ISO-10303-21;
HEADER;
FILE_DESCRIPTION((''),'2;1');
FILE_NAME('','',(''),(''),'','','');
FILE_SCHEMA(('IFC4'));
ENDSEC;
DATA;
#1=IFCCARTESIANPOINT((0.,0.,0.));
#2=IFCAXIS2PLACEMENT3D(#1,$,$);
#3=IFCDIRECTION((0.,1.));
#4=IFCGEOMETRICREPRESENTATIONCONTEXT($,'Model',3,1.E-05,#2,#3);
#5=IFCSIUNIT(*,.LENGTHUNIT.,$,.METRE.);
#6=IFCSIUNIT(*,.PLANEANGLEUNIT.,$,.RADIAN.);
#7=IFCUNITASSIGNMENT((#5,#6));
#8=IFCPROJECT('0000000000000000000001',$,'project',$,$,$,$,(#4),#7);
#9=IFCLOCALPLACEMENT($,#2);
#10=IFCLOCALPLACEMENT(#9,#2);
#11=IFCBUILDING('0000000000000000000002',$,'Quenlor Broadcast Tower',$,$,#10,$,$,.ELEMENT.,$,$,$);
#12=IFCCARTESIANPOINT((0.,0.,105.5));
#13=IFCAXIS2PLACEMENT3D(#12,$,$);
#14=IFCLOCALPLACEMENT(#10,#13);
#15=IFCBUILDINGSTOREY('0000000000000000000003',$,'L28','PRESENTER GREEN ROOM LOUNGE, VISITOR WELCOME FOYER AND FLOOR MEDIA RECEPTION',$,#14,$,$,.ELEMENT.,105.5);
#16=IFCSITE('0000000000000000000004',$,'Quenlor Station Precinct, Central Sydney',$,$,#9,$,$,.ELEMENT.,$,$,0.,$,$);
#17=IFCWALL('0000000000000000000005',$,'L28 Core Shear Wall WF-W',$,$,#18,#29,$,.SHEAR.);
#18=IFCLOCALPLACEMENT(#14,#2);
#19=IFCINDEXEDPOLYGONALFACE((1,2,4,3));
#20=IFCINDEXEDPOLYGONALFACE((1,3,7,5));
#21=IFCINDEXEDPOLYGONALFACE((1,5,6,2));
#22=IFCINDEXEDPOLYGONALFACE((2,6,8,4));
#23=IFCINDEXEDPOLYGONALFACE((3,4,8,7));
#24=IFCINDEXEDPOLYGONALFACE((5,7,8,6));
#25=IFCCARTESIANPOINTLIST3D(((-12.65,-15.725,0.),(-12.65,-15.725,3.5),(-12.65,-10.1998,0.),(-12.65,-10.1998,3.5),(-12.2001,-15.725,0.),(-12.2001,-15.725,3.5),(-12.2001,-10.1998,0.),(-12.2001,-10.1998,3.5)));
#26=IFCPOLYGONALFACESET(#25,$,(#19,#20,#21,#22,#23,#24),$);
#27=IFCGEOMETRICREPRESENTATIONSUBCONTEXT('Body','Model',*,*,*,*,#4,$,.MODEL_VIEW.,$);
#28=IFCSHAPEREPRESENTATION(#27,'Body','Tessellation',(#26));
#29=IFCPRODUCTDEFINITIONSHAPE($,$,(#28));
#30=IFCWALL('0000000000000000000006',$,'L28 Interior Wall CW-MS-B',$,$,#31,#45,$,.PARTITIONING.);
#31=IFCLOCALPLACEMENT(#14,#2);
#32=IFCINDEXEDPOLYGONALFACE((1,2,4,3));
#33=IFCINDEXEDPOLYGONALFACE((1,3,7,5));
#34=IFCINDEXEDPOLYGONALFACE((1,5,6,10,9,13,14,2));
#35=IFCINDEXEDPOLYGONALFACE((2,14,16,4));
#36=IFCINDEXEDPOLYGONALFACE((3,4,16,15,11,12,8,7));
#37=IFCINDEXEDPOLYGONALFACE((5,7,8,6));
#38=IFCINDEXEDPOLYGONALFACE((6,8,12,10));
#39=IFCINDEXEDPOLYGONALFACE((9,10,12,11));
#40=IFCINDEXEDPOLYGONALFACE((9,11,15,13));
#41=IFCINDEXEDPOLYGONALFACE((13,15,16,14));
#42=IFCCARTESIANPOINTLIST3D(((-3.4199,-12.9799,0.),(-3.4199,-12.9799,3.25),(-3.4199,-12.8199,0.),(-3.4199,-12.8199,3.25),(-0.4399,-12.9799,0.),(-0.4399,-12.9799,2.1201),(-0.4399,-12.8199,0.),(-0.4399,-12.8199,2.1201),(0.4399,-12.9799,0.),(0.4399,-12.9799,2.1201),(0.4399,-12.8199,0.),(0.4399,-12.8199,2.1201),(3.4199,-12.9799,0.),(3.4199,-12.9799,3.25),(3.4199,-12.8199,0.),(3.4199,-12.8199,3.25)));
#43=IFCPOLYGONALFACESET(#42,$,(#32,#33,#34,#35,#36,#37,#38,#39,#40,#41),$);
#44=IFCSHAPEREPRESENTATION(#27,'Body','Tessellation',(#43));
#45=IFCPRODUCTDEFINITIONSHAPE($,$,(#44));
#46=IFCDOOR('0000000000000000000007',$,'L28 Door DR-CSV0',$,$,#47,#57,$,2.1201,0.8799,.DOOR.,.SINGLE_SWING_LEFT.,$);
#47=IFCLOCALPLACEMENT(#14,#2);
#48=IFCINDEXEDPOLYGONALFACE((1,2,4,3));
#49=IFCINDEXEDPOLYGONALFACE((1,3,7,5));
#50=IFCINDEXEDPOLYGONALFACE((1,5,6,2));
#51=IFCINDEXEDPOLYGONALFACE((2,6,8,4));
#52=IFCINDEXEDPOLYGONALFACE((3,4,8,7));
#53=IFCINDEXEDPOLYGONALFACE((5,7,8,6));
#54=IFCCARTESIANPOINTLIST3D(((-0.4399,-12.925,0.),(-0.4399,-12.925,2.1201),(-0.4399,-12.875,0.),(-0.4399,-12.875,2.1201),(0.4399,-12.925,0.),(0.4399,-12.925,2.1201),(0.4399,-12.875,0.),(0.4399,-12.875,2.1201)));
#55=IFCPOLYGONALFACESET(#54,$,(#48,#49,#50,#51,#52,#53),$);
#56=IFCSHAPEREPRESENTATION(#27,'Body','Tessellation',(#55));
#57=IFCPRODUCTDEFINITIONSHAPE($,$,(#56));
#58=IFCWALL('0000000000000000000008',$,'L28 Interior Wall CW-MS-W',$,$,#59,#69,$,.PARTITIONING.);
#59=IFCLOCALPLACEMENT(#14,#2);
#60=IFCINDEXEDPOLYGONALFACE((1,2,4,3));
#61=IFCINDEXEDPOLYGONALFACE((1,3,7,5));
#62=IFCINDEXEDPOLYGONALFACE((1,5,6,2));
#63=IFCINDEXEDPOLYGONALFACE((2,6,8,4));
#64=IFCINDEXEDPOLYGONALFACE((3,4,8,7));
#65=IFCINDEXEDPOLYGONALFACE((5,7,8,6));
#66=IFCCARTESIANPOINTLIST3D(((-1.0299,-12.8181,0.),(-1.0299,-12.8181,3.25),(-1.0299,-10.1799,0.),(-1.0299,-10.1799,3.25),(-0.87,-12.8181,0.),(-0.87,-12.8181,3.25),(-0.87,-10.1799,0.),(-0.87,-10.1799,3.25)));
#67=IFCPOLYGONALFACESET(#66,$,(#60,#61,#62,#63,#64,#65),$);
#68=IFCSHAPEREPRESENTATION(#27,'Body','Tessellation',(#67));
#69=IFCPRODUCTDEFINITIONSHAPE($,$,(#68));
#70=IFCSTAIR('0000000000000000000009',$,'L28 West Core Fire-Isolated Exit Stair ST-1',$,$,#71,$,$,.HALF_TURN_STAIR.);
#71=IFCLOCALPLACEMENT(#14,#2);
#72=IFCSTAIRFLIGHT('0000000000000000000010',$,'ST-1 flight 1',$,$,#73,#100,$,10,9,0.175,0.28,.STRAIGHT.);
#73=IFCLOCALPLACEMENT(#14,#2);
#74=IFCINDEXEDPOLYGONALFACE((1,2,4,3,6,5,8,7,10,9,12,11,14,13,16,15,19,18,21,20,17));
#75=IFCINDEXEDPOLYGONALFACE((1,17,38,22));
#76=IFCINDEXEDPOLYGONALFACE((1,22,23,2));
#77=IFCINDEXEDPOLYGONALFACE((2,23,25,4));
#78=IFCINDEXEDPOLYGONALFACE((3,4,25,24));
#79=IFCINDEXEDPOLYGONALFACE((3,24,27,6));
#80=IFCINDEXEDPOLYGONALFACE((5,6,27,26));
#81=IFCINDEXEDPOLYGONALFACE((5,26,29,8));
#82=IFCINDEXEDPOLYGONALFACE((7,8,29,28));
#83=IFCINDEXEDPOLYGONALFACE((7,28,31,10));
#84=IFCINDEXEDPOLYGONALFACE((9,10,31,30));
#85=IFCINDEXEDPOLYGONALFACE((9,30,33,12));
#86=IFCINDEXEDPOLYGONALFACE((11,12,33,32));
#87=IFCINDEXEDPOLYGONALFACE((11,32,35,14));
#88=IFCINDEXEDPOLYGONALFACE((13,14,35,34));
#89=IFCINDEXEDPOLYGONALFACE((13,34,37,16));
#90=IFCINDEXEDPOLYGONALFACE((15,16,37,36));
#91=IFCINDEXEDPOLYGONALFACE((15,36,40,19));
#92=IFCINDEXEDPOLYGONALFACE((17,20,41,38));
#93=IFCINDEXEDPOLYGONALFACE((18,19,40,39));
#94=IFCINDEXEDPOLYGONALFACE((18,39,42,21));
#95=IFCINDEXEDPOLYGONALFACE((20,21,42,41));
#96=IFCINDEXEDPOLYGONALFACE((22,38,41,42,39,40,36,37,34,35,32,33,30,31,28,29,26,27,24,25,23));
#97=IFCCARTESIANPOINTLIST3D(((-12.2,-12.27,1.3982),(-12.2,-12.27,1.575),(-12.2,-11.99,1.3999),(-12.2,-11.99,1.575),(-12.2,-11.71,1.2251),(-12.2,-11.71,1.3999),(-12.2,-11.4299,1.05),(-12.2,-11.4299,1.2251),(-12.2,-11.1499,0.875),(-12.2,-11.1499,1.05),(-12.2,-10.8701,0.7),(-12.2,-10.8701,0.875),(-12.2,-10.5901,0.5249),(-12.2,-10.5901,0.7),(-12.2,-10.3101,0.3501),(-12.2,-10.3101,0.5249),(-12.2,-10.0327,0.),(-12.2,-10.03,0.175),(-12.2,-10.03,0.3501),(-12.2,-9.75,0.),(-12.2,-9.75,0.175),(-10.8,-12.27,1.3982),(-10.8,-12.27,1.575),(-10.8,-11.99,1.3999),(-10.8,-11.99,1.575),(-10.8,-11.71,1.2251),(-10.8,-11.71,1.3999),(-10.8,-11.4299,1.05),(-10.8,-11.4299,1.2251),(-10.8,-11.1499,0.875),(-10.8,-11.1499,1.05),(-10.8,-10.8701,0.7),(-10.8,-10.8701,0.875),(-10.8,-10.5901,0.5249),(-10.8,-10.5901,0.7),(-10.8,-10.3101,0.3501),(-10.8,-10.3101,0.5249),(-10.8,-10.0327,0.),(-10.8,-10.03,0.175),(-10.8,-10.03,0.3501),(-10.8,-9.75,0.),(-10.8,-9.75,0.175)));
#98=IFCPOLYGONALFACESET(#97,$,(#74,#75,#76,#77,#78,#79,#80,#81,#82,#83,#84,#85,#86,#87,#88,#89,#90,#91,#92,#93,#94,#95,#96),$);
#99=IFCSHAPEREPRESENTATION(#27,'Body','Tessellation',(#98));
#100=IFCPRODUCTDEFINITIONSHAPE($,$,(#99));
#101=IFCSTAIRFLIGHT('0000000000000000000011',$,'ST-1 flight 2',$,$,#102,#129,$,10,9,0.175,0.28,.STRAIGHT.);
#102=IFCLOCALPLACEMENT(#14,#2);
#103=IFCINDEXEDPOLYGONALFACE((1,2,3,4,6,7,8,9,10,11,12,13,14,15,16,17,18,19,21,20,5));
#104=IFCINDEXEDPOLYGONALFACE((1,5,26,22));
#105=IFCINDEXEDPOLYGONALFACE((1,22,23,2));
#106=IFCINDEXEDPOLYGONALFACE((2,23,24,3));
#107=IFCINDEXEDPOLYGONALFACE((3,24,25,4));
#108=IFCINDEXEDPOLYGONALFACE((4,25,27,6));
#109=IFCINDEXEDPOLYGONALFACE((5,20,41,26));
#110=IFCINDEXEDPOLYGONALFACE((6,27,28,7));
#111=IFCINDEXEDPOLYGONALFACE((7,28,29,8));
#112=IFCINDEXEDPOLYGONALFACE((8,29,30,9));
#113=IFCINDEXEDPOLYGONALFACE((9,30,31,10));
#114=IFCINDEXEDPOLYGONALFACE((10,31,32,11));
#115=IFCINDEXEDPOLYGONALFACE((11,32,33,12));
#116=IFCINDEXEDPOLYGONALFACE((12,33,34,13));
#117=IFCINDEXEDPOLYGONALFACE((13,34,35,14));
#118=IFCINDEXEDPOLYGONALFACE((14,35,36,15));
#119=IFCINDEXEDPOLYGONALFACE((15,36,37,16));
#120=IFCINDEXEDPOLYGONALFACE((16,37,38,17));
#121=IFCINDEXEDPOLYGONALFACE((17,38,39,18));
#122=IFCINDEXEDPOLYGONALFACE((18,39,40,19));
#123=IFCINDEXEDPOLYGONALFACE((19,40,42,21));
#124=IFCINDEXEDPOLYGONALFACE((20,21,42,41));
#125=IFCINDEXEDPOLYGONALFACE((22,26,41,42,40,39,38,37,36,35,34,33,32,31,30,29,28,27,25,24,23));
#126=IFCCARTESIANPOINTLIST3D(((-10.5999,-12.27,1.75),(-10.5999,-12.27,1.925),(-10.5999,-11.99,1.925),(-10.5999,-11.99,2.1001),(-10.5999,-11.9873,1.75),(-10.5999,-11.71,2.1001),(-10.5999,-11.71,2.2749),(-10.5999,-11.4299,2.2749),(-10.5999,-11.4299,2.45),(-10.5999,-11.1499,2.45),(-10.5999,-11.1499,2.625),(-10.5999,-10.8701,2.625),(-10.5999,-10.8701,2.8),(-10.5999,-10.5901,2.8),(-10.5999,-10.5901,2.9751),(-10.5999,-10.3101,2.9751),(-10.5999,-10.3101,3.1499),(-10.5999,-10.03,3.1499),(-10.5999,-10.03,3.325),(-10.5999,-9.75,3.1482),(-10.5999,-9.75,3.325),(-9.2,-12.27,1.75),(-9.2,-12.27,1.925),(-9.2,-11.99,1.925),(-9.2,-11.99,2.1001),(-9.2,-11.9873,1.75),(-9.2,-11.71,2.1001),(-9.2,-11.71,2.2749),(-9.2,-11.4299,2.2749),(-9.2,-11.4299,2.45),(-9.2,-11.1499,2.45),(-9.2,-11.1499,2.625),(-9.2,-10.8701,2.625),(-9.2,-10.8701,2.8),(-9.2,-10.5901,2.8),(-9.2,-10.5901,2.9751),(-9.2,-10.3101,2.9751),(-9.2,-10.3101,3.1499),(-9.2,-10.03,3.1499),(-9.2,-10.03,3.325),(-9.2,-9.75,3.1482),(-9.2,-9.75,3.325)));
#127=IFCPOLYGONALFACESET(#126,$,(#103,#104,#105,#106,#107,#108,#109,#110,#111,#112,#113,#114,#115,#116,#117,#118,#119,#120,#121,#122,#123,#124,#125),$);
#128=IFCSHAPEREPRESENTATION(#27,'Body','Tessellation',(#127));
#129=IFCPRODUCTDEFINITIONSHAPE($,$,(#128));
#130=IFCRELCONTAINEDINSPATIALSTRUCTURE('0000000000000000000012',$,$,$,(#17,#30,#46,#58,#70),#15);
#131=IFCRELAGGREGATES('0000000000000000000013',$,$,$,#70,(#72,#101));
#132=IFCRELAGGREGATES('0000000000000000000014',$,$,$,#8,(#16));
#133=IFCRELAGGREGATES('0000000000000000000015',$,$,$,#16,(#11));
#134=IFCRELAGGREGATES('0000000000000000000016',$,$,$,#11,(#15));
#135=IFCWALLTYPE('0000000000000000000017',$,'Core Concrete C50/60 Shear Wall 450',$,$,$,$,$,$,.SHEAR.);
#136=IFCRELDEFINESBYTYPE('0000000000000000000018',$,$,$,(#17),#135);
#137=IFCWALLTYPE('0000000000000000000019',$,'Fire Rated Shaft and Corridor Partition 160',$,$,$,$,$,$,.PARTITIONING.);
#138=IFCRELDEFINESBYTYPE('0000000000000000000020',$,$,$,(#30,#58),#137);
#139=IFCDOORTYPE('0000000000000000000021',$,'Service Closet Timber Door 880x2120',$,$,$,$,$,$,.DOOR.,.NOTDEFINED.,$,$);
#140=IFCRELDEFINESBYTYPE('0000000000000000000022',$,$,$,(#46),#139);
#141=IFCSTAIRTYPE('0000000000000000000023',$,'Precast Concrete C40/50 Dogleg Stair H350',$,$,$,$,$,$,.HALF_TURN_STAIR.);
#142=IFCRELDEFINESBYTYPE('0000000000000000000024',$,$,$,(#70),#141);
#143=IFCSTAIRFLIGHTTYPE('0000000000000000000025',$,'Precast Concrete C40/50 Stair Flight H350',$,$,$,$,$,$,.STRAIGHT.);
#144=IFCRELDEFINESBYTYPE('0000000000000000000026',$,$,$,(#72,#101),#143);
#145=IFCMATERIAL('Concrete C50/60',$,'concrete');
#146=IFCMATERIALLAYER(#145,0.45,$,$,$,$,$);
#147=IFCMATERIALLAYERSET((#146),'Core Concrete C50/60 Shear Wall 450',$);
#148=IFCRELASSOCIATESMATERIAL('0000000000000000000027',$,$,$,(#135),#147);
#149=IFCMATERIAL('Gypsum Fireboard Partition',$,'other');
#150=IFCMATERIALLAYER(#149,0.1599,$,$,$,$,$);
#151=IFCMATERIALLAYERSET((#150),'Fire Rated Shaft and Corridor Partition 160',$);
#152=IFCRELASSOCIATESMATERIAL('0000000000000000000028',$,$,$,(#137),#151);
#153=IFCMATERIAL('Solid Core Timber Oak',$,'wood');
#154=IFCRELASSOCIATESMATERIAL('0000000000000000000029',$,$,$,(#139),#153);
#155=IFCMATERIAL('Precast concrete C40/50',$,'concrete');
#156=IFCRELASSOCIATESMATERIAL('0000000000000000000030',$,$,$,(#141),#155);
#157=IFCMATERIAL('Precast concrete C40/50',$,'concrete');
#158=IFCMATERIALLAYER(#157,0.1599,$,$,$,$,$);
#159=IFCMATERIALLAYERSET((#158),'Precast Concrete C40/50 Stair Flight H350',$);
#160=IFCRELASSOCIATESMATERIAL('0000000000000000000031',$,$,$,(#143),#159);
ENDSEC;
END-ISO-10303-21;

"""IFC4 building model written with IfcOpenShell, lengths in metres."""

from ifc_helpers import new_model, si_unit, direction, frame, frame_2d, origin, place, context, subcontext, project, spatial, polyline, rectangle, outline, extrude, material, layer, layer_set, type_object, element, fill, aggregate, save


model = new_model("IFC4")

# Units and contexts
model_context = context("Model", 3, precision=1e-05, world=origin(), true_north=direction((0.0, 1.0)))
body_context = subcontext(model_context, "Body", "Model", "MODEL_VIEW")
ifc_project = project(units=[si_unit("LENGTHUNIT", "METRE"), si_unit("PLANEANGLEUNIT", "RADIAN")], contexts=[model_context])

# Site, building, storey
site_placement = place(None, origin())
site = spatial("IfcSite", under=ifc_project, at=site_placement, Name="Quenlor Station Precinct, Central Sydney", CompositionType="ELEMENT", RefElevation=0.0)
building_placement = place(site_placement, origin())
building = spatial("IfcBuilding", under=site, at=building_placement, Name="Quenlor Broadcast Tower", CompositionType="ELEMENT")
storey_placement = place(building_placement, frame((0.0, 0.0, 105.5)))
storey = spatial("IfcBuildingStorey", under=building, at=storey_placement, Name="L28", Description="PRESENTER GREEN ROOM LOUNGE, VISITOR WELCOME FOYER AND FLOOR MEDIA RECEPTION", CompositionType="ELEMENT", Elevation=105.5)

# Wall
ifc_material_1 = material(Name="Concrete C50/60", Category="concrete")
ifc_layer_1 = layer(ifc_material_1, 0.45)
ifc_layer_set_1 = layer_set([ifc_layer_1], Name="Core Concrete C50/60 Shear Wall 450")
wall_type_1 = type_object("IfcWallType", Name="Core Concrete C50/60 Shear Wall 450", PredefinedType="SHEAR", material=ifc_layer_set_1)
wall_1_placement = place(storey_placement, frame((-12.425, -15.7251, 0.0), z_axis=(0.0, 0.0, 1.0), x_axis=(0.0, 1.0, 0.0)))
element("IfcWall", 1, at=wall_1_placement, inside=storey, type_object=wall_type_1, Name="L28 Core Shear Wall WF-W", PredefinedType="SHEAR", context=body_context, shape_type="SweptSolid", body=[
    extrude(rectangle(XDim=5.5251, YDim=0.45, at=frame_2d((2.7627, 0.0))), origin(), (0.0, 0.0, 1.0), 3.5),
])

# Wall, opening, door
ifc_material_2 = material(Name="Gypsum Fireboard Partition", Category="other")
ifc_layer_2 = layer(ifc_material_2, 0.1599)
ifc_layer_set_2 = layer_set([ifc_layer_2], Name="Fire Rated Shaft and Corridor Partition 160")
wall_type_2 = type_object("IfcWallType", Name="Fire Rated Shaft and Corridor Partition 160", PredefinedType="PARTITIONING", material=ifc_layer_set_2)
wall_2_placement = place(storey_placement, frame((-3.4199, -12.8999, 0.0), z_axis=(0.0, 0.0, 1.0), x_axis=(1.0, 0.0, 0.0)))
wall_2 = element("IfcWall", 2, at=wall_2_placement, inside=storey, type_object=wall_type_2, Name="L28 Interior Wall CW-MS-B", PredefinedType="PARTITIONING", context=body_context, shape_type="SweptSolid", body=[
    extrude(rectangle(XDim=6.8398, YDim=0.1599, at=frame_2d((3.4199, 0.0))), origin(), (0.0, 0.0, 1.0), 3.25),
])
opening_1_placement = place(wall_2_placement, frame((2.98, 0.0, 0.0)))
opening_1 = element("IfcOpeningElement", 3, at=opening_1_placement, cuts=wall_2, PredefinedType="OPENING", context=body_context, shape_type="SweptSolid", body=[
    extrude(rectangle(XDim=0.8799, YDim=2.1201, at=frame_2d((0.4399, 1.0601))), frame((0.0, 0.0898, 0.0), z_axis=(0.0, -1.0, 0.0), x_axis=(1.0, 0.0, 0.0)), (0.0, 0.0, 1.0), 0.1799),
])
ifc_material_3 = material(Name="Solid Core Timber Oak", Category="wood")
door_type_1 = type_object("IfcDoorType", Name="Service Closet Timber Door 880x2120", OperationType="NOTDEFINED", PredefinedType="DOOR", material=ifc_material_3)
door_1_placement = place(opening_1_placement, origin())
door_1 = element("IfcDoor", 4, at=door_1_placement, inside=storey, type_object=door_type_1, Name="L28 Door DR-CSV0", OperationType="SINGLE_SWING_LEFT", OverallHeight=2.1201, OverallWidth=0.8799, PredefinedType="DOOR", context=body_context, shape_type="SweptSolid", body=[
    extrude(rectangle(XDim=0.8799, YDim=2.1201, at=frame_2d((0.4399, 1.0601))), frame((0.0, 0.0249, 0.0), z_axis=(0.0, -1.0, 0.0), x_axis=(1.0, 0.0, 0.0)), (0.0, 0.0, 1.0), 0.05),
])
fill(opening_1, door_1)

# Wall
wall_3_placement = place(storey_placement, frame((-0.95, -12.8181, 0.0), z_axis=(0.0, 0.0, 1.0), x_axis=(0.0, 1.0, 0.0)))
element("IfcWall", 5, at=wall_3_placement, inside=storey, type_object=wall_type_2, Name="L28 Interior Wall CW-MS-W", PredefinedType="PARTITIONING", context=body_context, shape_type="SweptSolid", body=[
    extrude(rectangle(XDim=2.6382, YDim=0.1599, at=frame_2d((1.3191, 0.0))), origin(), (0.0, 0.0, 1.0), 3.25),
])

# Stair, stair flights
ifc_material_4 = material(Name="Precast concrete C40/50", Category="concrete")
stair_type = type_object("IfcStairType", Name="Precast Concrete C40/50 Dogleg Stair H350", PredefinedType="HALF_TURN_STAIR", material=ifc_material_4)
stair_placement = place(storey_placement, origin())
stair = element("IfcStair", 6, at=stair_placement, inside=storey, type_object=stair_type, Name="L28 West Core Fire-Isolated Exit Stair ST-1", PredefinedType="HALF_TURN_STAIR")
ifc_material_5 = material(Name="Precast concrete C40/50", Category="concrete")
ifc_layer_3 = layer(ifc_material_5, 0.1599)
ifc_layer_set_3 = layer_set([ifc_layer_3], Name="Precast Concrete C40/50 Stair Flight H350")
stair_flight_type = type_object("IfcStairFlightType", Name="Precast Concrete C40/50 Stair Flight H350", PredefinedType="STRAIGHT", material=ifc_layer_set_3)
stair_flight_1_placement = place(storey_placement, frame((-11.5, -9.75, 0.0), z_axis=(0.0, 0.0, 1.0), x_axis=(0.0, -1.0, 0.0)))
stair_flight_1 = element("IfcStairFlight", 7, at=stair_flight_1_placement, type_object=stair_flight_type, Name="ST-1 flight 1", NumberOfRisers=10, NumberOfTreads=9, PredefinedType="STRAIGHT", RiserHeight=0.175, TreadLength=0.28, context=body_context, shape_type="SweptSolid", body=[
    extrude(outline(polyline([(0.0, 0.0), (0.0, 0.175), (0.28, 0.175), (0.28, 0.3501), (0.5601, 0.3501), (0.5601, 0.5249), (0.8401, 0.5249), (0.8401, 0.7), (1.1201, 0.7), (1.1201, 0.875), (1.3999, 0.875), (1.3999, 1.05), (1.6799, 1.05), (1.6799, 1.2251), (1.96, 1.2251), (1.96, 1.3999), (2.24, 1.3999), (2.24, 1.575), (2.52, 1.575), (2.52, 1.75), (2.52, 1.3982), (0.2827, 0.0), (0.0, 0.0)])), frame((0.0, 0.7, 0.0), z_axis=(0.0, -1.0, 0.0), x_axis=(1.0, 0.0, 0.0)), (0.0, 0.0, 1.0), 1.3999),
])
stair_flight_2_placement = place(storey_placement, frame((-9.8999, -12.27, 1.75), z_axis=(0.0, 0.0, 1.0), x_axis=(0.0, 1.0, 0.0)))
stair_flight_2 = element("IfcStairFlight", 8, at=stair_flight_2_placement, type_object=stair_flight_type, Name="ST-1 flight 2", NumberOfRisers=10, NumberOfTreads=9, PredefinedType="STRAIGHT", RiserHeight=0.175, TreadLength=0.28, context=body_context, shape_type="SweptSolid", body=[
    extrude(outline(polyline([(0.0, 0.0), (0.0, 0.175), (0.28, 0.175), (0.28, 0.3501), (0.5601, 0.3501), (0.5601, 0.5249), (0.8401, 0.5249), (0.8401, 0.7), (1.1201, 0.7), (1.1201, 0.875), (1.3999, 0.875), (1.3999, 1.05), (1.6799, 1.05), (1.6799, 1.2251), (1.96, 1.2251), (1.96, 1.3999), (2.24, 1.3999), (2.24, 1.575), (2.52, 1.575), (2.52, 1.75), (2.52, 1.3982), (0.2827, 0.0), (0.0, 0.0)])), frame((0.0, 0.7, 0.0), z_axis=(0.0, -1.0, 0.0), x_axis=(1.0, 0.0, 0.0)), (0.0, 0.0, 1.0), 1.3999),
])
aggregate(stair, [stair_flight_1, stair_flight_2])

save(model, "model.ifc")
